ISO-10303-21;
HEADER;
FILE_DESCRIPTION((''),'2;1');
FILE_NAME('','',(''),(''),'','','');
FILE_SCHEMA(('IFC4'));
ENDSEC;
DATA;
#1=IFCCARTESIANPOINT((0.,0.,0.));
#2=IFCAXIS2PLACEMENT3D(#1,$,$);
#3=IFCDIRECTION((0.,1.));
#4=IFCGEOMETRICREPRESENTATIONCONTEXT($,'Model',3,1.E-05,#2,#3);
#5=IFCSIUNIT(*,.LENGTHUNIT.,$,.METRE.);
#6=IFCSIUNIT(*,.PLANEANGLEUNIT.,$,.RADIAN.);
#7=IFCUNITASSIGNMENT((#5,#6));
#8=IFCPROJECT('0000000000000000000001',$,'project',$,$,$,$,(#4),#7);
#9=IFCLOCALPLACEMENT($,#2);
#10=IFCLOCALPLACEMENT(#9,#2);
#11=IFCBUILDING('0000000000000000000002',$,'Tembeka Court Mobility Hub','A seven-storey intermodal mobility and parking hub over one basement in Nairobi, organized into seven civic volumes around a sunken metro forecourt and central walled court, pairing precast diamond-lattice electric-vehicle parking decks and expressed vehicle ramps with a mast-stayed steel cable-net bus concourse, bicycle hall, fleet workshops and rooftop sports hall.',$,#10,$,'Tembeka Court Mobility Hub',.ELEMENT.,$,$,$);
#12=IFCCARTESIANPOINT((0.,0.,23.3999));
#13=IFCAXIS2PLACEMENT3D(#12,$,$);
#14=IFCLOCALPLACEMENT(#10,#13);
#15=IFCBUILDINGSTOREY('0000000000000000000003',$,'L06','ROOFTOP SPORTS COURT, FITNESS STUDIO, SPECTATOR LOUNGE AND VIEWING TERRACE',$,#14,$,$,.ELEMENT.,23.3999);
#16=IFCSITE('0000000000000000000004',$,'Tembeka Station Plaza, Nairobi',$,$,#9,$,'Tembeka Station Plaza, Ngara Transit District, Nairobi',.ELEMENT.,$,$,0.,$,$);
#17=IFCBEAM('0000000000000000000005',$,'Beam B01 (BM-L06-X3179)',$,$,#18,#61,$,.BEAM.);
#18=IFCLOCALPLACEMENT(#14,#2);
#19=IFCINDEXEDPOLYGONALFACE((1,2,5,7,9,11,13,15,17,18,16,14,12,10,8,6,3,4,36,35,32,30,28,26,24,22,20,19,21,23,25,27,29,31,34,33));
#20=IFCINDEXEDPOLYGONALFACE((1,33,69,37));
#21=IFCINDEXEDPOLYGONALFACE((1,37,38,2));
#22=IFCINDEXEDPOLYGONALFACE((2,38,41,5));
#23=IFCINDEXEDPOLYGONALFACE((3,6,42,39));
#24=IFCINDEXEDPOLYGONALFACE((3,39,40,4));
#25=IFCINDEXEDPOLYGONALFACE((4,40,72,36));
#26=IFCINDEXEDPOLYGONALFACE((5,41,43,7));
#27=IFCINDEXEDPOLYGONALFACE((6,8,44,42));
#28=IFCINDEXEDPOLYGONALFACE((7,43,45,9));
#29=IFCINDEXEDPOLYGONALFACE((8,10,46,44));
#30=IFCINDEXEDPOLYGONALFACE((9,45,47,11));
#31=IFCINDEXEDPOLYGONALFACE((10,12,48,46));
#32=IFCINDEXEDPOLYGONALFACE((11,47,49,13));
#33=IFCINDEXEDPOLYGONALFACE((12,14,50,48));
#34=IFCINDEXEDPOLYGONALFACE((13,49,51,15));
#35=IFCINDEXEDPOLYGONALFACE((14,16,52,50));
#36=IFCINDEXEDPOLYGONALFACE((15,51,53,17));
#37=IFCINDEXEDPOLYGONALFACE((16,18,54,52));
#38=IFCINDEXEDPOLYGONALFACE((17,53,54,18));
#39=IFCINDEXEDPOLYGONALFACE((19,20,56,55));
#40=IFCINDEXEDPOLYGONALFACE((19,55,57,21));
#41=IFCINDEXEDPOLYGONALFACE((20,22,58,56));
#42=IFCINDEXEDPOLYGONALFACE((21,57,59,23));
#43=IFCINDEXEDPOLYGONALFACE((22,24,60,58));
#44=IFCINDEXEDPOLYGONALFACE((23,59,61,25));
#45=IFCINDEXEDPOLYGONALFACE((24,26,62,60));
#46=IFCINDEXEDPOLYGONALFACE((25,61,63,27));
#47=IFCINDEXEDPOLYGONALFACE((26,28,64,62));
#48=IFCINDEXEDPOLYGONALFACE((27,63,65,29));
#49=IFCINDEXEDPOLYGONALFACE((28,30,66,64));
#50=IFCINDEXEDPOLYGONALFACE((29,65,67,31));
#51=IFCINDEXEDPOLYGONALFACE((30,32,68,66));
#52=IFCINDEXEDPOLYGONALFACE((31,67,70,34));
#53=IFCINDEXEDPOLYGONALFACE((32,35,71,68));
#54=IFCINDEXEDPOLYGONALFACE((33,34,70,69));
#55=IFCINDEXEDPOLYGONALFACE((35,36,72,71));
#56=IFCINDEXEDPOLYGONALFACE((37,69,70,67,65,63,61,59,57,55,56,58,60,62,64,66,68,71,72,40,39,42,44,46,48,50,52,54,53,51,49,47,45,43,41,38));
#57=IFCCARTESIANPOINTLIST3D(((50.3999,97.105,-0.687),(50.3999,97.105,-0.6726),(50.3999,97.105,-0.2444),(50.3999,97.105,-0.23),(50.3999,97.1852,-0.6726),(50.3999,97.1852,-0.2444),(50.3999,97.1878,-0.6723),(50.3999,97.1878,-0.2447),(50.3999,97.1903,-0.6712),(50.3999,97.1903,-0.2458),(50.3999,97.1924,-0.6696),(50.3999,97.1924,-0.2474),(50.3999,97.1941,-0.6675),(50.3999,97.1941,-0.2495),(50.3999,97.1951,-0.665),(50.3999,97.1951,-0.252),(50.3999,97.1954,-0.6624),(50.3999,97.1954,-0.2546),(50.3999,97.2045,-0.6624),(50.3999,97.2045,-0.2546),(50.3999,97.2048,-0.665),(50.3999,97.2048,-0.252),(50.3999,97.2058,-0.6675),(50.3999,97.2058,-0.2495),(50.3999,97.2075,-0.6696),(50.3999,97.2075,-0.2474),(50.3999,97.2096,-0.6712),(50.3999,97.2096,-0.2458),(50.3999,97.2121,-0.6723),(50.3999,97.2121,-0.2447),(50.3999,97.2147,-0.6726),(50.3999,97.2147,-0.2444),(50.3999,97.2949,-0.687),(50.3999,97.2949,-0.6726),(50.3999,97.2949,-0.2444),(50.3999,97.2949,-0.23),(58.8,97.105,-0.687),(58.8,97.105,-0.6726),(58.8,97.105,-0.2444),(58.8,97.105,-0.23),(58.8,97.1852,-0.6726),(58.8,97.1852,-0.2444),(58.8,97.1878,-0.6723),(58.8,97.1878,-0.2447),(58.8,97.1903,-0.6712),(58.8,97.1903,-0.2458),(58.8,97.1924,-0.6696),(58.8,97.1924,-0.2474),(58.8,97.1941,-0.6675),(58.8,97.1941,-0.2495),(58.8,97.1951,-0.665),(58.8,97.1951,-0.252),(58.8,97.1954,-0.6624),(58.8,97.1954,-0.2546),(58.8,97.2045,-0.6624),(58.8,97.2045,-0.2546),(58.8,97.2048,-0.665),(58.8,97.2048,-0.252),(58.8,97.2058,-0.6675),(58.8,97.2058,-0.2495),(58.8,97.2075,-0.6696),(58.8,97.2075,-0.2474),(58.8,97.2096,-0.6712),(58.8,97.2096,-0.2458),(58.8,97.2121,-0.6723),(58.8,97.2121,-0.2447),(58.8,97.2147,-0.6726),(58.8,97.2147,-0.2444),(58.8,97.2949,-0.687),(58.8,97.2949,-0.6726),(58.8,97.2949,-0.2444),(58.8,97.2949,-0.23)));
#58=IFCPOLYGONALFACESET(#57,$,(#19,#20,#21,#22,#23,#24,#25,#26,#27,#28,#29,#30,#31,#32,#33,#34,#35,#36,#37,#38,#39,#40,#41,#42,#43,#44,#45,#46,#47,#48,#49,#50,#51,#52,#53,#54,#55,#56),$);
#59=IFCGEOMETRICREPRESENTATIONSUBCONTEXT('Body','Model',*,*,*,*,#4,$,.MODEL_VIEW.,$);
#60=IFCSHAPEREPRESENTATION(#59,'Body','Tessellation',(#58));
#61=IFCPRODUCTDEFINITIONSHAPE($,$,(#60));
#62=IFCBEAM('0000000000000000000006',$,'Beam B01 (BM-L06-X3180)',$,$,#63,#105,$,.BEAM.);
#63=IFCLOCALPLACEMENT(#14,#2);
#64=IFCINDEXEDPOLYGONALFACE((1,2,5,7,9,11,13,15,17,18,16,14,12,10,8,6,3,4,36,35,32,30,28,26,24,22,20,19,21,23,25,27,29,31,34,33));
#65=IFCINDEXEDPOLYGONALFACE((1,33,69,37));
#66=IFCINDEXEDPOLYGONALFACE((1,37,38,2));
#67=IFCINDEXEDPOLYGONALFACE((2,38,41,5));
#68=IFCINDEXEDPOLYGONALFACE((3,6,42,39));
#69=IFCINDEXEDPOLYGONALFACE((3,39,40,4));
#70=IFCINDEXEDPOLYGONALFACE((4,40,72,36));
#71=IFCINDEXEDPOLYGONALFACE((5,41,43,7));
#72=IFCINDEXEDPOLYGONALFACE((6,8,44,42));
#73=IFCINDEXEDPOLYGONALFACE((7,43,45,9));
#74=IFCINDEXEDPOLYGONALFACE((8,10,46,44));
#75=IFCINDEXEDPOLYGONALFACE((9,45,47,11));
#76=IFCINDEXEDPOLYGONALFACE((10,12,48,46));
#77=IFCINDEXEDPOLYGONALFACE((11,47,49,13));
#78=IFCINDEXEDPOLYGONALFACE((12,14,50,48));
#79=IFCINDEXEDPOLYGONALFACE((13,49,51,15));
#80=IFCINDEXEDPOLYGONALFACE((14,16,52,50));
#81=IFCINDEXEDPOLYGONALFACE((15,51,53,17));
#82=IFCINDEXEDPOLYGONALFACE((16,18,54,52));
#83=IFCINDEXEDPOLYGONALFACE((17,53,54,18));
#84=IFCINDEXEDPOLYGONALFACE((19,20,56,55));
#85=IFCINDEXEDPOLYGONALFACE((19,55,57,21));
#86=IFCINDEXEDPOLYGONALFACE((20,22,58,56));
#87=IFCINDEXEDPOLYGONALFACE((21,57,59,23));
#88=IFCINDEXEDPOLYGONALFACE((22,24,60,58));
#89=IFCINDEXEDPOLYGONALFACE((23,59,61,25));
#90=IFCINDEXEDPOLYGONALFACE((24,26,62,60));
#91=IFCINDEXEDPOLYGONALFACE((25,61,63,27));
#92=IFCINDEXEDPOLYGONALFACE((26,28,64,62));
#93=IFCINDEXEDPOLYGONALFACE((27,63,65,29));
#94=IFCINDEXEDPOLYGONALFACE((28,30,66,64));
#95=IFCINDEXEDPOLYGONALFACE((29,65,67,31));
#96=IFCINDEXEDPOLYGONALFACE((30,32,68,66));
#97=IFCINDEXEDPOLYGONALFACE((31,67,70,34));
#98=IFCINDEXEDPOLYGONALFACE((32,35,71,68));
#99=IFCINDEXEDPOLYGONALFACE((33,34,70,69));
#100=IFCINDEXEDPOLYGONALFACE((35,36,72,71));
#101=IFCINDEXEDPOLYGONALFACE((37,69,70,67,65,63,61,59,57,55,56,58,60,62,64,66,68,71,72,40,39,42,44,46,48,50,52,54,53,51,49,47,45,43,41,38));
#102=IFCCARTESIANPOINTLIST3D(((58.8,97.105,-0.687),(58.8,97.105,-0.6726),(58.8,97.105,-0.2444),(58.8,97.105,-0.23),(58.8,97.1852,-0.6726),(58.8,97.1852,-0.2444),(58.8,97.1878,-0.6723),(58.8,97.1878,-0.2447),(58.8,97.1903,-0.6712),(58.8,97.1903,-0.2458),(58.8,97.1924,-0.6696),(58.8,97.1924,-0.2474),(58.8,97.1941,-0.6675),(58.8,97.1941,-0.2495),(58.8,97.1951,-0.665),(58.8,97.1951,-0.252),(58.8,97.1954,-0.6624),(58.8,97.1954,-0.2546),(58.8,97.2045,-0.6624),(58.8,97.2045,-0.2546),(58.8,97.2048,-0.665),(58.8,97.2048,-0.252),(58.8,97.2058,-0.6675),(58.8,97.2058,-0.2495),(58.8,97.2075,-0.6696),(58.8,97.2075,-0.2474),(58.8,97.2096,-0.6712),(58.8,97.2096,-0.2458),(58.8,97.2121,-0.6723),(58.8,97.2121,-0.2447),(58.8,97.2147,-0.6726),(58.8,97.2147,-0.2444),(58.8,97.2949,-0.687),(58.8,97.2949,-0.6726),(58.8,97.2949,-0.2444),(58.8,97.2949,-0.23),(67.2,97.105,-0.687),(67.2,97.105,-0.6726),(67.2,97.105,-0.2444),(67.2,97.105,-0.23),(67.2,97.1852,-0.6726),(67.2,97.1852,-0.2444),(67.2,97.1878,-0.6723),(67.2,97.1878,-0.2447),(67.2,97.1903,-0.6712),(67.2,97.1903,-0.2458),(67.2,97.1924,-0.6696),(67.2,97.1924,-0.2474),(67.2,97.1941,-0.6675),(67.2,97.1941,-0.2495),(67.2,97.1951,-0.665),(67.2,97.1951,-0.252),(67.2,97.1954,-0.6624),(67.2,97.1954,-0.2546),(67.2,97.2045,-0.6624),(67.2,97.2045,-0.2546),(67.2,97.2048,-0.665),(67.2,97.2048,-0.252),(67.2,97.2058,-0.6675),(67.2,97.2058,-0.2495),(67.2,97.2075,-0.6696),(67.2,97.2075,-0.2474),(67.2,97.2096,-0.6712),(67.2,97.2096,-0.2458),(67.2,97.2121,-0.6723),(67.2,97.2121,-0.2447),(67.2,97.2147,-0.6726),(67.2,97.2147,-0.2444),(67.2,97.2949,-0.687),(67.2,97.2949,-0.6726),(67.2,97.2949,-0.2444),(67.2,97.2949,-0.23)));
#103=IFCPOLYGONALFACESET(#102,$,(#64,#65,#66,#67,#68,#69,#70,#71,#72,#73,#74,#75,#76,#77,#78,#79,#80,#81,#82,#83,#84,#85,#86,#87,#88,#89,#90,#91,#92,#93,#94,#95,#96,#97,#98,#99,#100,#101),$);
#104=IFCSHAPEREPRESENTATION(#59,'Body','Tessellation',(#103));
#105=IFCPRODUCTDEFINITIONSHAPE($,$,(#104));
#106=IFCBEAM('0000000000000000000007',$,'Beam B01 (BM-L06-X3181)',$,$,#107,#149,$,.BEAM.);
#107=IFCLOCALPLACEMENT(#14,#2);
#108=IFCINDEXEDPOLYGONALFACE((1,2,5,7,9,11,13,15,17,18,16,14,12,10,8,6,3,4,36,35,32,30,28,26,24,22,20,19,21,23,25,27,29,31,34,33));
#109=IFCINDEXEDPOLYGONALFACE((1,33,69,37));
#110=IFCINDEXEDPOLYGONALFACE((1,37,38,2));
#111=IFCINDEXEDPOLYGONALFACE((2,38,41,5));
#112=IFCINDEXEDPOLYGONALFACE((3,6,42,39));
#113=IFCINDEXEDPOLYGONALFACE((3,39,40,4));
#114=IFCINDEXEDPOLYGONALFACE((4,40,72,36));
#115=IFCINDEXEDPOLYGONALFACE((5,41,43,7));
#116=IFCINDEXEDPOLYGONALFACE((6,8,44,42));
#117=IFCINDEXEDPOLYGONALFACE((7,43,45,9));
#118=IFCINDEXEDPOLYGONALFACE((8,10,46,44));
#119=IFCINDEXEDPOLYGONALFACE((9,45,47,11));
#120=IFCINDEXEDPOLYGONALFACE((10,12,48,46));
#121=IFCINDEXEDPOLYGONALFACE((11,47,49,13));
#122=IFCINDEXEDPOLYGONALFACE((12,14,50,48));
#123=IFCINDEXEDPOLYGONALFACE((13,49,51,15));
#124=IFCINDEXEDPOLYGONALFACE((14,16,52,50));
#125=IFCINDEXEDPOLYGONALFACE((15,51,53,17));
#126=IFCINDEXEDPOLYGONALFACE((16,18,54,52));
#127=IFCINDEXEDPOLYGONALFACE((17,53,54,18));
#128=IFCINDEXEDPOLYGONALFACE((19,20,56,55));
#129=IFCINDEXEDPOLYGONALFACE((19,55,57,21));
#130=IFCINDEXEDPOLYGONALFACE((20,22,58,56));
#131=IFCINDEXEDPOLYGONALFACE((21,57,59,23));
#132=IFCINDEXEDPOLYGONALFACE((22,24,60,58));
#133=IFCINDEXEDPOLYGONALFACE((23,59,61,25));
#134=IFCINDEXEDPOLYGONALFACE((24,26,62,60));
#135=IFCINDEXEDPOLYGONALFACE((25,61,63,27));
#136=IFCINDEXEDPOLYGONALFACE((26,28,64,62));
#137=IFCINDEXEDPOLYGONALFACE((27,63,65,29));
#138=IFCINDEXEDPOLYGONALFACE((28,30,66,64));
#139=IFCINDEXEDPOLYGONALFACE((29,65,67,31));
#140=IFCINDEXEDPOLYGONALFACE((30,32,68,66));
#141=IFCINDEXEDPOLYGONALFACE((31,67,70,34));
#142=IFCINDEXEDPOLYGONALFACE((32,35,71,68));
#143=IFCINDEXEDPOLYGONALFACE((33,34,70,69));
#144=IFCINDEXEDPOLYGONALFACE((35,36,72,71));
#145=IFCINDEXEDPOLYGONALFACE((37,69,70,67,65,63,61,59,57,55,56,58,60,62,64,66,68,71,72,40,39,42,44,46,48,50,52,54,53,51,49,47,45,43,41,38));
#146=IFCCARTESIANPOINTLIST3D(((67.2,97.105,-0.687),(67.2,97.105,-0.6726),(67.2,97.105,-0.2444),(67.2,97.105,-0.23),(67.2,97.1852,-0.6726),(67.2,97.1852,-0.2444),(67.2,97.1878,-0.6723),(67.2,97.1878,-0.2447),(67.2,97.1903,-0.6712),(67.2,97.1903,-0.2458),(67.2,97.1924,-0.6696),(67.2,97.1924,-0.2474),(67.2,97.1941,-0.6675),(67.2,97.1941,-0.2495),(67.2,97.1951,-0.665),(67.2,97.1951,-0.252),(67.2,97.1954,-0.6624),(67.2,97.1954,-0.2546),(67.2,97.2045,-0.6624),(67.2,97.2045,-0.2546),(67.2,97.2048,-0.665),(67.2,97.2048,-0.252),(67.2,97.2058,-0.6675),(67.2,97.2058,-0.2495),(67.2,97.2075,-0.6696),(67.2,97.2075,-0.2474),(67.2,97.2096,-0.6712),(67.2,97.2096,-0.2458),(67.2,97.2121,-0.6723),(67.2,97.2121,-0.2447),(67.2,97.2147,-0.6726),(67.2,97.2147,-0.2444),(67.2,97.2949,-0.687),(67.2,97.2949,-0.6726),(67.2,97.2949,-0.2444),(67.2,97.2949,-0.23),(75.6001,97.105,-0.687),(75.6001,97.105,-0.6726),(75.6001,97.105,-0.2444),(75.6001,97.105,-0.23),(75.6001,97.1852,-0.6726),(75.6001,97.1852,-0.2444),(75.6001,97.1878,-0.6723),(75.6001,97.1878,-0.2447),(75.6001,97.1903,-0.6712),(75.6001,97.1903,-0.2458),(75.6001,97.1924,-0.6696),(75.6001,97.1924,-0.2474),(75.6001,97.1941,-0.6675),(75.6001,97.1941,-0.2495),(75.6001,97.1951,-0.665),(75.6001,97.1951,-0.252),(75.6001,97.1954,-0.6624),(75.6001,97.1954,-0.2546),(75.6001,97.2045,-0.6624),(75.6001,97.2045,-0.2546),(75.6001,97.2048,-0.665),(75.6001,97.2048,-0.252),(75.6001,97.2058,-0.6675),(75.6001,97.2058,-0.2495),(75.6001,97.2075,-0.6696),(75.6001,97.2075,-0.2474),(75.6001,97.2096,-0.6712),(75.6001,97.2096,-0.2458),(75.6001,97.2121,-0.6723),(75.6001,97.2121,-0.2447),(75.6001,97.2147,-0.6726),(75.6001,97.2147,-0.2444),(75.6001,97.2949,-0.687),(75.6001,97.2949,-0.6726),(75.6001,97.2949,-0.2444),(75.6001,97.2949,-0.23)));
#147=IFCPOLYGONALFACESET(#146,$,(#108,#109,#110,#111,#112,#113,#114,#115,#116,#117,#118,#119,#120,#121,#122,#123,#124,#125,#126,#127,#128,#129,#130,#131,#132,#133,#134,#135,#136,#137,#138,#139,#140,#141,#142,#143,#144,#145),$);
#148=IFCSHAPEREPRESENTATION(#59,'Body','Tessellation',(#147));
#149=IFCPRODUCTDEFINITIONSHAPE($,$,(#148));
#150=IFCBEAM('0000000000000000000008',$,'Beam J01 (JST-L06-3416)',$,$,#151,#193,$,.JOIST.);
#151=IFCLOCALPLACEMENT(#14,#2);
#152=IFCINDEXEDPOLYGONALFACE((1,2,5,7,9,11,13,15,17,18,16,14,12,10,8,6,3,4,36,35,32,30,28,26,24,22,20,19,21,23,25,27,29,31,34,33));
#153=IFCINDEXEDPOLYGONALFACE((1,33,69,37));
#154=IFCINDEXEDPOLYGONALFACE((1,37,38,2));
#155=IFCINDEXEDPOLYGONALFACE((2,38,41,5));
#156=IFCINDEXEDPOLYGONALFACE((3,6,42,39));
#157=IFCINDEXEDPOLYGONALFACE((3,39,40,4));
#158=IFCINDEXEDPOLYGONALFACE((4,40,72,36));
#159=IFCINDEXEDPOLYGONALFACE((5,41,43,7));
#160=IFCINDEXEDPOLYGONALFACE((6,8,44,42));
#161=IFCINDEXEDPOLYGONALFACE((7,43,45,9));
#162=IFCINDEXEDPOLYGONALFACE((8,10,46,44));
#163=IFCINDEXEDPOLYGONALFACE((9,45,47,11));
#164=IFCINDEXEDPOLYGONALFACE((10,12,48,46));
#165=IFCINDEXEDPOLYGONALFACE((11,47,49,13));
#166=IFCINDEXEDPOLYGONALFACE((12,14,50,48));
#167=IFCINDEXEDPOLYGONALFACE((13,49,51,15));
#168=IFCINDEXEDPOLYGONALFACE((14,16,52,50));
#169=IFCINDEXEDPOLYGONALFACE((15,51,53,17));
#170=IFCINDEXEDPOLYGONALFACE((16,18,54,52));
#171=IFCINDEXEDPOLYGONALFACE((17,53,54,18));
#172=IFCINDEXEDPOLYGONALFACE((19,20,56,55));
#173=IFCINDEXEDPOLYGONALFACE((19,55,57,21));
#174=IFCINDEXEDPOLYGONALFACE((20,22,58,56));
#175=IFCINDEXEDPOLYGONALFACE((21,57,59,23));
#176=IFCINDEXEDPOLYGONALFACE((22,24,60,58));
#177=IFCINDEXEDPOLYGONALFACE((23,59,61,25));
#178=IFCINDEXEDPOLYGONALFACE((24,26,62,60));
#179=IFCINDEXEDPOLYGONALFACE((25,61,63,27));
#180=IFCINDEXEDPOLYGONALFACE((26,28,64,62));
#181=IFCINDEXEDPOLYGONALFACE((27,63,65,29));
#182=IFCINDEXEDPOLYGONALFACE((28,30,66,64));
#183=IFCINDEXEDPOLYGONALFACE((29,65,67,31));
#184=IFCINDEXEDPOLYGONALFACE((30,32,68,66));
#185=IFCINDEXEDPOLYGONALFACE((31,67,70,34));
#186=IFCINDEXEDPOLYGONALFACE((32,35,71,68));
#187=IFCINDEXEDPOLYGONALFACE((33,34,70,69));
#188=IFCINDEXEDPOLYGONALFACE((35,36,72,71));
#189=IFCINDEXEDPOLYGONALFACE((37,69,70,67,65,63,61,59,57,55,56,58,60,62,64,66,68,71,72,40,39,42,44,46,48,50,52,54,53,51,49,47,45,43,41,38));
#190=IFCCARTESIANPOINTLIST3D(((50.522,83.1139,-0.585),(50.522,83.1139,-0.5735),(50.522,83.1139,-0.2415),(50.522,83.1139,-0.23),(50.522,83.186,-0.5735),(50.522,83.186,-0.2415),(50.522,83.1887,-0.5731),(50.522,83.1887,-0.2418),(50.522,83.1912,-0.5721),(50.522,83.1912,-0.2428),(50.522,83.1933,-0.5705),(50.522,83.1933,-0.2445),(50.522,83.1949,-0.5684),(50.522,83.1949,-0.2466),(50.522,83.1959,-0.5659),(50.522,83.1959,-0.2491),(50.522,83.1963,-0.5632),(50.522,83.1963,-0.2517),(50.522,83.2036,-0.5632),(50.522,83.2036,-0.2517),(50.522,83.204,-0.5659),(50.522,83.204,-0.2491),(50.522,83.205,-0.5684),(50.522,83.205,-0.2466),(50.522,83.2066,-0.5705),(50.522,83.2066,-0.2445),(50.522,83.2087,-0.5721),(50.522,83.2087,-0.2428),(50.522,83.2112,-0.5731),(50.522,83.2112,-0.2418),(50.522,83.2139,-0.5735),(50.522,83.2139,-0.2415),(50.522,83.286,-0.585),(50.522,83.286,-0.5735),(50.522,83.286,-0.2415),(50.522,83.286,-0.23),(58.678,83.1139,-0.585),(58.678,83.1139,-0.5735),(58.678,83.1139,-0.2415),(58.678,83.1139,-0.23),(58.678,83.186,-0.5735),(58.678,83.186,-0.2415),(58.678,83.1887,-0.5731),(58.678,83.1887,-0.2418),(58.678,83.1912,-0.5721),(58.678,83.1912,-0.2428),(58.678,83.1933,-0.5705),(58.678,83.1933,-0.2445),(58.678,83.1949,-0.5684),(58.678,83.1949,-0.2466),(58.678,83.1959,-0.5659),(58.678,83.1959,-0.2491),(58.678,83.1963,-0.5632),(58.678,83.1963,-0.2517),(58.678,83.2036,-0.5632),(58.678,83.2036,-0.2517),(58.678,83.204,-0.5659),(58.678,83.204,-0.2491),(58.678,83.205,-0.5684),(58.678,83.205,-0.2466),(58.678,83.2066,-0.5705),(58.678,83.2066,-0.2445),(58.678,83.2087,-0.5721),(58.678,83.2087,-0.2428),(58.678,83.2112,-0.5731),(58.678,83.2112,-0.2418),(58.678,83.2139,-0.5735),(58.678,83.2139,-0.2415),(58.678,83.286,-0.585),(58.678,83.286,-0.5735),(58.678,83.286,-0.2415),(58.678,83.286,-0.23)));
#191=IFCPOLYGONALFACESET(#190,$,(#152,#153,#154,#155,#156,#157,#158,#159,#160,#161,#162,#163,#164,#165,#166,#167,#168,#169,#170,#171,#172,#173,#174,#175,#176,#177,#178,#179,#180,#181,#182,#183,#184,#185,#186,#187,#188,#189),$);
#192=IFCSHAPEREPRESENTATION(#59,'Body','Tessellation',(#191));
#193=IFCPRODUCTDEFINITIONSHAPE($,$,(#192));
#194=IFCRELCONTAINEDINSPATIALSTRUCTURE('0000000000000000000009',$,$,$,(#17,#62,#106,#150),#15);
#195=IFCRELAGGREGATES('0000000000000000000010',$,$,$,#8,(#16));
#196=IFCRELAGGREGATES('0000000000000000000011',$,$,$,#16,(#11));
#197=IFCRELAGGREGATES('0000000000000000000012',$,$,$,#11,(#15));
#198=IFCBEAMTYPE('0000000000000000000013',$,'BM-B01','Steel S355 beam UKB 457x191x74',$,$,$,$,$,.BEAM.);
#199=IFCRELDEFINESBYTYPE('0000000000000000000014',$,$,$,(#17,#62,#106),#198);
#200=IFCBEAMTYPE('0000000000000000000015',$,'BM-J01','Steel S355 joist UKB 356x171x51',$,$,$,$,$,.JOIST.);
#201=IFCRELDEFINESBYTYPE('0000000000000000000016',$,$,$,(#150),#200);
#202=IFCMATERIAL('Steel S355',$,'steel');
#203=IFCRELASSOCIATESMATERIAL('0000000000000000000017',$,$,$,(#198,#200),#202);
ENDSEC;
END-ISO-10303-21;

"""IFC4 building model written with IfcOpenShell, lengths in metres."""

from ifc_helpers import new_model, si_unit, direction, frame, origin, origin_2d, place, context, subcontext, project, spatial, i_section, extrude, material, material_profile, profile_set, type_object, element, save


model = new_model("IFC4")

# Units and contexts
model_context = context("Model", 3, precision=1e-05, world=origin(), true_north=direction((0.0, 1.0)))
body_context = subcontext(model_context, "Body", "Model", "MODEL_VIEW")
ifc_project = project(units=[si_unit("LENGTHUNIT", "METRE"), si_unit("PLANEANGLEUNIT", "RADIAN")], contexts=[model_context])

# Site, building, storey
site_placement = place(None, origin())
site = spatial("IfcSite", under=ifc_project, at=site_placement, Name="Tembeka Station Plaza, Nairobi", LongName="Tembeka Station Plaza, Ngara Transit District, Nairobi", CompositionType="ELEMENT", RefElevation=0.0)
building_placement = place(site_placement, origin())
building = spatial("IfcBuilding", under=site, at=building_placement, Name="Tembeka Court Mobility Hub", Description="A seven-storey intermodal mobility and parking hub over one basement in Nairobi, organized into seven civic volumes around a sunken metro forecourt and central walled court, pairing precast diamond-lattice electric-vehicle parking decks and expressed vehicle ramps with a mast-stayed steel cable-net bus concourse, bicycle hall, fleet workshops and rooftop sports hall.", LongName="Tembeka Court Mobility Hub", CompositionType="ELEMENT")
storey_placement = place(building_placement, frame((0.0, 0.0, 23.3999)))
storey = spatial("IfcBuildingStorey", under=building, at=storey_placement, Name="L06", Description="ROOFTOP SPORTS COURT, FITNESS STUDIO, SPECTATOR LOUNGE AND VIEWING TERRACE", CompositionType="ELEMENT", Elevation=23.3999)

# Beams
ifc_material_1 = material(Name="Steel S355", Category="steel")
ifc_material_profile_1 = material_profile(ifc_material_1, i_section(OverallWidth=0.1899, OverallDepth=0.457, WebThickness=0.009, FlangeThickness=0.0144, FilletRadius=0.0103, at=origin_2d()), Name="UKB 457x191x74")
ifc_profile_set_1 = profile_set([ifc_material_profile_1], Name="Steel S355")
beam_type_1 = type_object("IfcBeamType", Name="BM-B01", Description="Steel S355 beam UKB 457x191x74", PredefinedType="BEAM", material=ifc_profile_set_1)
beam_1_placement = place(storey_placement, frame((50.3999, 97.2, -0.4585), z_axis=(1.0, 0.0, 0.0), x_axis=(0.0, 1.0, 0.0)))
element("IfcBeam", 1, at=beam_1_placement, inside=storey, type_object=beam_type_1, Name="Beam B01 (BM-L06-X3179)", PredefinedType="BEAM", context=body_context, shape_type="SweptSolid", body=[
    extrude(i_section(OverallWidth=0.1899, OverallDepth=0.457, WebThickness=0.009, FlangeThickness=0.0144, FilletRadius=0.0103, at=origin_2d()), origin(), (0.0, 0.0, 1.0), 8.4001),
])
beam_2_placement = place(storey_placement, frame((58.8, 97.2, -0.4585), z_axis=(1.0, 0.0, 0.0), x_axis=(0.0, 1.0, 0.0)))
element("IfcBeam", 2, at=beam_2_placement, inside=storey, type_object=beam_type_1, Name="Beam B01 (BM-L06-X3180)", PredefinedType="BEAM", context=body_context, shape_type="SweptSolid", body=[
    extrude(i_section(OverallWidth=0.1899, OverallDepth=0.457, WebThickness=0.009, FlangeThickness=0.0144, FilletRadius=0.0103, at=origin_2d()), origin(), (0.0, 0.0, 1.0), 8.3999),
])
beam_3_placement = place(storey_placement, frame((67.2, 97.2, -0.4585), z_axis=(1.0, 0.0, 0.0), x_axis=(0.0, 1.0, 0.0)))
element("IfcBeam", 3, at=beam_3_placement, inside=storey, type_object=beam_type_1, Name="Beam B01 (BM-L06-X3181)", PredefinedType="BEAM", context=body_context, shape_type="SweptSolid", body=[
    extrude(i_section(OverallWidth=0.1899, OverallDepth=0.457, WebThickness=0.009, FlangeThickness=0.0144, FilletRadius=0.0103, at=origin_2d()), origin(), (0.0, 0.0, 1.0), 8.4001),
])
ifc_material_profile_2 = material_profile(ifc_material_1, i_section(OverallWidth=0.1721, OverallDepth=0.355, WebThickness=0.0073, FlangeThickness=0.0115, FilletRadius=0.0103, at=origin_2d()), Name="UKB 356x171x51")
ifc_profile_set_2 = profile_set([ifc_material_profile_2], Name="Steel S355")
beam_type_2 = type_object("IfcBeamType", Name="BM-J01", Description="Steel S355 joist UKB 356x171x51", PredefinedType="JOIST", material=ifc_profile_set_2)
for number, where, z_axis, x_axis, name in (
    (4, (50.522, 83.2, -0.4075), (1.0, 0.0, 0.0), (0.0, 1.0, 0.0), "Beam J01 (JST-L06-3416)"),
):
    element("IfcBeam", number, at=place(storey_placement, frame(where, z_axis=z_axis, x_axis=x_axis)), inside=storey, type_object=beam_type_2, Name=name, PredefinedType="JOIST", context=body_context, shape_type="SweptSolid", body=[
        extrude(i_section(OverallWidth=0.1721, OverallDepth=0.355, WebThickness=0.0073, FlangeThickness=0.0115, FilletRadius=0.0103, at=origin_2d()), origin(), (0.0, 0.0, 1.0), 8.156),
    ])

save(model, "model.ifc")
